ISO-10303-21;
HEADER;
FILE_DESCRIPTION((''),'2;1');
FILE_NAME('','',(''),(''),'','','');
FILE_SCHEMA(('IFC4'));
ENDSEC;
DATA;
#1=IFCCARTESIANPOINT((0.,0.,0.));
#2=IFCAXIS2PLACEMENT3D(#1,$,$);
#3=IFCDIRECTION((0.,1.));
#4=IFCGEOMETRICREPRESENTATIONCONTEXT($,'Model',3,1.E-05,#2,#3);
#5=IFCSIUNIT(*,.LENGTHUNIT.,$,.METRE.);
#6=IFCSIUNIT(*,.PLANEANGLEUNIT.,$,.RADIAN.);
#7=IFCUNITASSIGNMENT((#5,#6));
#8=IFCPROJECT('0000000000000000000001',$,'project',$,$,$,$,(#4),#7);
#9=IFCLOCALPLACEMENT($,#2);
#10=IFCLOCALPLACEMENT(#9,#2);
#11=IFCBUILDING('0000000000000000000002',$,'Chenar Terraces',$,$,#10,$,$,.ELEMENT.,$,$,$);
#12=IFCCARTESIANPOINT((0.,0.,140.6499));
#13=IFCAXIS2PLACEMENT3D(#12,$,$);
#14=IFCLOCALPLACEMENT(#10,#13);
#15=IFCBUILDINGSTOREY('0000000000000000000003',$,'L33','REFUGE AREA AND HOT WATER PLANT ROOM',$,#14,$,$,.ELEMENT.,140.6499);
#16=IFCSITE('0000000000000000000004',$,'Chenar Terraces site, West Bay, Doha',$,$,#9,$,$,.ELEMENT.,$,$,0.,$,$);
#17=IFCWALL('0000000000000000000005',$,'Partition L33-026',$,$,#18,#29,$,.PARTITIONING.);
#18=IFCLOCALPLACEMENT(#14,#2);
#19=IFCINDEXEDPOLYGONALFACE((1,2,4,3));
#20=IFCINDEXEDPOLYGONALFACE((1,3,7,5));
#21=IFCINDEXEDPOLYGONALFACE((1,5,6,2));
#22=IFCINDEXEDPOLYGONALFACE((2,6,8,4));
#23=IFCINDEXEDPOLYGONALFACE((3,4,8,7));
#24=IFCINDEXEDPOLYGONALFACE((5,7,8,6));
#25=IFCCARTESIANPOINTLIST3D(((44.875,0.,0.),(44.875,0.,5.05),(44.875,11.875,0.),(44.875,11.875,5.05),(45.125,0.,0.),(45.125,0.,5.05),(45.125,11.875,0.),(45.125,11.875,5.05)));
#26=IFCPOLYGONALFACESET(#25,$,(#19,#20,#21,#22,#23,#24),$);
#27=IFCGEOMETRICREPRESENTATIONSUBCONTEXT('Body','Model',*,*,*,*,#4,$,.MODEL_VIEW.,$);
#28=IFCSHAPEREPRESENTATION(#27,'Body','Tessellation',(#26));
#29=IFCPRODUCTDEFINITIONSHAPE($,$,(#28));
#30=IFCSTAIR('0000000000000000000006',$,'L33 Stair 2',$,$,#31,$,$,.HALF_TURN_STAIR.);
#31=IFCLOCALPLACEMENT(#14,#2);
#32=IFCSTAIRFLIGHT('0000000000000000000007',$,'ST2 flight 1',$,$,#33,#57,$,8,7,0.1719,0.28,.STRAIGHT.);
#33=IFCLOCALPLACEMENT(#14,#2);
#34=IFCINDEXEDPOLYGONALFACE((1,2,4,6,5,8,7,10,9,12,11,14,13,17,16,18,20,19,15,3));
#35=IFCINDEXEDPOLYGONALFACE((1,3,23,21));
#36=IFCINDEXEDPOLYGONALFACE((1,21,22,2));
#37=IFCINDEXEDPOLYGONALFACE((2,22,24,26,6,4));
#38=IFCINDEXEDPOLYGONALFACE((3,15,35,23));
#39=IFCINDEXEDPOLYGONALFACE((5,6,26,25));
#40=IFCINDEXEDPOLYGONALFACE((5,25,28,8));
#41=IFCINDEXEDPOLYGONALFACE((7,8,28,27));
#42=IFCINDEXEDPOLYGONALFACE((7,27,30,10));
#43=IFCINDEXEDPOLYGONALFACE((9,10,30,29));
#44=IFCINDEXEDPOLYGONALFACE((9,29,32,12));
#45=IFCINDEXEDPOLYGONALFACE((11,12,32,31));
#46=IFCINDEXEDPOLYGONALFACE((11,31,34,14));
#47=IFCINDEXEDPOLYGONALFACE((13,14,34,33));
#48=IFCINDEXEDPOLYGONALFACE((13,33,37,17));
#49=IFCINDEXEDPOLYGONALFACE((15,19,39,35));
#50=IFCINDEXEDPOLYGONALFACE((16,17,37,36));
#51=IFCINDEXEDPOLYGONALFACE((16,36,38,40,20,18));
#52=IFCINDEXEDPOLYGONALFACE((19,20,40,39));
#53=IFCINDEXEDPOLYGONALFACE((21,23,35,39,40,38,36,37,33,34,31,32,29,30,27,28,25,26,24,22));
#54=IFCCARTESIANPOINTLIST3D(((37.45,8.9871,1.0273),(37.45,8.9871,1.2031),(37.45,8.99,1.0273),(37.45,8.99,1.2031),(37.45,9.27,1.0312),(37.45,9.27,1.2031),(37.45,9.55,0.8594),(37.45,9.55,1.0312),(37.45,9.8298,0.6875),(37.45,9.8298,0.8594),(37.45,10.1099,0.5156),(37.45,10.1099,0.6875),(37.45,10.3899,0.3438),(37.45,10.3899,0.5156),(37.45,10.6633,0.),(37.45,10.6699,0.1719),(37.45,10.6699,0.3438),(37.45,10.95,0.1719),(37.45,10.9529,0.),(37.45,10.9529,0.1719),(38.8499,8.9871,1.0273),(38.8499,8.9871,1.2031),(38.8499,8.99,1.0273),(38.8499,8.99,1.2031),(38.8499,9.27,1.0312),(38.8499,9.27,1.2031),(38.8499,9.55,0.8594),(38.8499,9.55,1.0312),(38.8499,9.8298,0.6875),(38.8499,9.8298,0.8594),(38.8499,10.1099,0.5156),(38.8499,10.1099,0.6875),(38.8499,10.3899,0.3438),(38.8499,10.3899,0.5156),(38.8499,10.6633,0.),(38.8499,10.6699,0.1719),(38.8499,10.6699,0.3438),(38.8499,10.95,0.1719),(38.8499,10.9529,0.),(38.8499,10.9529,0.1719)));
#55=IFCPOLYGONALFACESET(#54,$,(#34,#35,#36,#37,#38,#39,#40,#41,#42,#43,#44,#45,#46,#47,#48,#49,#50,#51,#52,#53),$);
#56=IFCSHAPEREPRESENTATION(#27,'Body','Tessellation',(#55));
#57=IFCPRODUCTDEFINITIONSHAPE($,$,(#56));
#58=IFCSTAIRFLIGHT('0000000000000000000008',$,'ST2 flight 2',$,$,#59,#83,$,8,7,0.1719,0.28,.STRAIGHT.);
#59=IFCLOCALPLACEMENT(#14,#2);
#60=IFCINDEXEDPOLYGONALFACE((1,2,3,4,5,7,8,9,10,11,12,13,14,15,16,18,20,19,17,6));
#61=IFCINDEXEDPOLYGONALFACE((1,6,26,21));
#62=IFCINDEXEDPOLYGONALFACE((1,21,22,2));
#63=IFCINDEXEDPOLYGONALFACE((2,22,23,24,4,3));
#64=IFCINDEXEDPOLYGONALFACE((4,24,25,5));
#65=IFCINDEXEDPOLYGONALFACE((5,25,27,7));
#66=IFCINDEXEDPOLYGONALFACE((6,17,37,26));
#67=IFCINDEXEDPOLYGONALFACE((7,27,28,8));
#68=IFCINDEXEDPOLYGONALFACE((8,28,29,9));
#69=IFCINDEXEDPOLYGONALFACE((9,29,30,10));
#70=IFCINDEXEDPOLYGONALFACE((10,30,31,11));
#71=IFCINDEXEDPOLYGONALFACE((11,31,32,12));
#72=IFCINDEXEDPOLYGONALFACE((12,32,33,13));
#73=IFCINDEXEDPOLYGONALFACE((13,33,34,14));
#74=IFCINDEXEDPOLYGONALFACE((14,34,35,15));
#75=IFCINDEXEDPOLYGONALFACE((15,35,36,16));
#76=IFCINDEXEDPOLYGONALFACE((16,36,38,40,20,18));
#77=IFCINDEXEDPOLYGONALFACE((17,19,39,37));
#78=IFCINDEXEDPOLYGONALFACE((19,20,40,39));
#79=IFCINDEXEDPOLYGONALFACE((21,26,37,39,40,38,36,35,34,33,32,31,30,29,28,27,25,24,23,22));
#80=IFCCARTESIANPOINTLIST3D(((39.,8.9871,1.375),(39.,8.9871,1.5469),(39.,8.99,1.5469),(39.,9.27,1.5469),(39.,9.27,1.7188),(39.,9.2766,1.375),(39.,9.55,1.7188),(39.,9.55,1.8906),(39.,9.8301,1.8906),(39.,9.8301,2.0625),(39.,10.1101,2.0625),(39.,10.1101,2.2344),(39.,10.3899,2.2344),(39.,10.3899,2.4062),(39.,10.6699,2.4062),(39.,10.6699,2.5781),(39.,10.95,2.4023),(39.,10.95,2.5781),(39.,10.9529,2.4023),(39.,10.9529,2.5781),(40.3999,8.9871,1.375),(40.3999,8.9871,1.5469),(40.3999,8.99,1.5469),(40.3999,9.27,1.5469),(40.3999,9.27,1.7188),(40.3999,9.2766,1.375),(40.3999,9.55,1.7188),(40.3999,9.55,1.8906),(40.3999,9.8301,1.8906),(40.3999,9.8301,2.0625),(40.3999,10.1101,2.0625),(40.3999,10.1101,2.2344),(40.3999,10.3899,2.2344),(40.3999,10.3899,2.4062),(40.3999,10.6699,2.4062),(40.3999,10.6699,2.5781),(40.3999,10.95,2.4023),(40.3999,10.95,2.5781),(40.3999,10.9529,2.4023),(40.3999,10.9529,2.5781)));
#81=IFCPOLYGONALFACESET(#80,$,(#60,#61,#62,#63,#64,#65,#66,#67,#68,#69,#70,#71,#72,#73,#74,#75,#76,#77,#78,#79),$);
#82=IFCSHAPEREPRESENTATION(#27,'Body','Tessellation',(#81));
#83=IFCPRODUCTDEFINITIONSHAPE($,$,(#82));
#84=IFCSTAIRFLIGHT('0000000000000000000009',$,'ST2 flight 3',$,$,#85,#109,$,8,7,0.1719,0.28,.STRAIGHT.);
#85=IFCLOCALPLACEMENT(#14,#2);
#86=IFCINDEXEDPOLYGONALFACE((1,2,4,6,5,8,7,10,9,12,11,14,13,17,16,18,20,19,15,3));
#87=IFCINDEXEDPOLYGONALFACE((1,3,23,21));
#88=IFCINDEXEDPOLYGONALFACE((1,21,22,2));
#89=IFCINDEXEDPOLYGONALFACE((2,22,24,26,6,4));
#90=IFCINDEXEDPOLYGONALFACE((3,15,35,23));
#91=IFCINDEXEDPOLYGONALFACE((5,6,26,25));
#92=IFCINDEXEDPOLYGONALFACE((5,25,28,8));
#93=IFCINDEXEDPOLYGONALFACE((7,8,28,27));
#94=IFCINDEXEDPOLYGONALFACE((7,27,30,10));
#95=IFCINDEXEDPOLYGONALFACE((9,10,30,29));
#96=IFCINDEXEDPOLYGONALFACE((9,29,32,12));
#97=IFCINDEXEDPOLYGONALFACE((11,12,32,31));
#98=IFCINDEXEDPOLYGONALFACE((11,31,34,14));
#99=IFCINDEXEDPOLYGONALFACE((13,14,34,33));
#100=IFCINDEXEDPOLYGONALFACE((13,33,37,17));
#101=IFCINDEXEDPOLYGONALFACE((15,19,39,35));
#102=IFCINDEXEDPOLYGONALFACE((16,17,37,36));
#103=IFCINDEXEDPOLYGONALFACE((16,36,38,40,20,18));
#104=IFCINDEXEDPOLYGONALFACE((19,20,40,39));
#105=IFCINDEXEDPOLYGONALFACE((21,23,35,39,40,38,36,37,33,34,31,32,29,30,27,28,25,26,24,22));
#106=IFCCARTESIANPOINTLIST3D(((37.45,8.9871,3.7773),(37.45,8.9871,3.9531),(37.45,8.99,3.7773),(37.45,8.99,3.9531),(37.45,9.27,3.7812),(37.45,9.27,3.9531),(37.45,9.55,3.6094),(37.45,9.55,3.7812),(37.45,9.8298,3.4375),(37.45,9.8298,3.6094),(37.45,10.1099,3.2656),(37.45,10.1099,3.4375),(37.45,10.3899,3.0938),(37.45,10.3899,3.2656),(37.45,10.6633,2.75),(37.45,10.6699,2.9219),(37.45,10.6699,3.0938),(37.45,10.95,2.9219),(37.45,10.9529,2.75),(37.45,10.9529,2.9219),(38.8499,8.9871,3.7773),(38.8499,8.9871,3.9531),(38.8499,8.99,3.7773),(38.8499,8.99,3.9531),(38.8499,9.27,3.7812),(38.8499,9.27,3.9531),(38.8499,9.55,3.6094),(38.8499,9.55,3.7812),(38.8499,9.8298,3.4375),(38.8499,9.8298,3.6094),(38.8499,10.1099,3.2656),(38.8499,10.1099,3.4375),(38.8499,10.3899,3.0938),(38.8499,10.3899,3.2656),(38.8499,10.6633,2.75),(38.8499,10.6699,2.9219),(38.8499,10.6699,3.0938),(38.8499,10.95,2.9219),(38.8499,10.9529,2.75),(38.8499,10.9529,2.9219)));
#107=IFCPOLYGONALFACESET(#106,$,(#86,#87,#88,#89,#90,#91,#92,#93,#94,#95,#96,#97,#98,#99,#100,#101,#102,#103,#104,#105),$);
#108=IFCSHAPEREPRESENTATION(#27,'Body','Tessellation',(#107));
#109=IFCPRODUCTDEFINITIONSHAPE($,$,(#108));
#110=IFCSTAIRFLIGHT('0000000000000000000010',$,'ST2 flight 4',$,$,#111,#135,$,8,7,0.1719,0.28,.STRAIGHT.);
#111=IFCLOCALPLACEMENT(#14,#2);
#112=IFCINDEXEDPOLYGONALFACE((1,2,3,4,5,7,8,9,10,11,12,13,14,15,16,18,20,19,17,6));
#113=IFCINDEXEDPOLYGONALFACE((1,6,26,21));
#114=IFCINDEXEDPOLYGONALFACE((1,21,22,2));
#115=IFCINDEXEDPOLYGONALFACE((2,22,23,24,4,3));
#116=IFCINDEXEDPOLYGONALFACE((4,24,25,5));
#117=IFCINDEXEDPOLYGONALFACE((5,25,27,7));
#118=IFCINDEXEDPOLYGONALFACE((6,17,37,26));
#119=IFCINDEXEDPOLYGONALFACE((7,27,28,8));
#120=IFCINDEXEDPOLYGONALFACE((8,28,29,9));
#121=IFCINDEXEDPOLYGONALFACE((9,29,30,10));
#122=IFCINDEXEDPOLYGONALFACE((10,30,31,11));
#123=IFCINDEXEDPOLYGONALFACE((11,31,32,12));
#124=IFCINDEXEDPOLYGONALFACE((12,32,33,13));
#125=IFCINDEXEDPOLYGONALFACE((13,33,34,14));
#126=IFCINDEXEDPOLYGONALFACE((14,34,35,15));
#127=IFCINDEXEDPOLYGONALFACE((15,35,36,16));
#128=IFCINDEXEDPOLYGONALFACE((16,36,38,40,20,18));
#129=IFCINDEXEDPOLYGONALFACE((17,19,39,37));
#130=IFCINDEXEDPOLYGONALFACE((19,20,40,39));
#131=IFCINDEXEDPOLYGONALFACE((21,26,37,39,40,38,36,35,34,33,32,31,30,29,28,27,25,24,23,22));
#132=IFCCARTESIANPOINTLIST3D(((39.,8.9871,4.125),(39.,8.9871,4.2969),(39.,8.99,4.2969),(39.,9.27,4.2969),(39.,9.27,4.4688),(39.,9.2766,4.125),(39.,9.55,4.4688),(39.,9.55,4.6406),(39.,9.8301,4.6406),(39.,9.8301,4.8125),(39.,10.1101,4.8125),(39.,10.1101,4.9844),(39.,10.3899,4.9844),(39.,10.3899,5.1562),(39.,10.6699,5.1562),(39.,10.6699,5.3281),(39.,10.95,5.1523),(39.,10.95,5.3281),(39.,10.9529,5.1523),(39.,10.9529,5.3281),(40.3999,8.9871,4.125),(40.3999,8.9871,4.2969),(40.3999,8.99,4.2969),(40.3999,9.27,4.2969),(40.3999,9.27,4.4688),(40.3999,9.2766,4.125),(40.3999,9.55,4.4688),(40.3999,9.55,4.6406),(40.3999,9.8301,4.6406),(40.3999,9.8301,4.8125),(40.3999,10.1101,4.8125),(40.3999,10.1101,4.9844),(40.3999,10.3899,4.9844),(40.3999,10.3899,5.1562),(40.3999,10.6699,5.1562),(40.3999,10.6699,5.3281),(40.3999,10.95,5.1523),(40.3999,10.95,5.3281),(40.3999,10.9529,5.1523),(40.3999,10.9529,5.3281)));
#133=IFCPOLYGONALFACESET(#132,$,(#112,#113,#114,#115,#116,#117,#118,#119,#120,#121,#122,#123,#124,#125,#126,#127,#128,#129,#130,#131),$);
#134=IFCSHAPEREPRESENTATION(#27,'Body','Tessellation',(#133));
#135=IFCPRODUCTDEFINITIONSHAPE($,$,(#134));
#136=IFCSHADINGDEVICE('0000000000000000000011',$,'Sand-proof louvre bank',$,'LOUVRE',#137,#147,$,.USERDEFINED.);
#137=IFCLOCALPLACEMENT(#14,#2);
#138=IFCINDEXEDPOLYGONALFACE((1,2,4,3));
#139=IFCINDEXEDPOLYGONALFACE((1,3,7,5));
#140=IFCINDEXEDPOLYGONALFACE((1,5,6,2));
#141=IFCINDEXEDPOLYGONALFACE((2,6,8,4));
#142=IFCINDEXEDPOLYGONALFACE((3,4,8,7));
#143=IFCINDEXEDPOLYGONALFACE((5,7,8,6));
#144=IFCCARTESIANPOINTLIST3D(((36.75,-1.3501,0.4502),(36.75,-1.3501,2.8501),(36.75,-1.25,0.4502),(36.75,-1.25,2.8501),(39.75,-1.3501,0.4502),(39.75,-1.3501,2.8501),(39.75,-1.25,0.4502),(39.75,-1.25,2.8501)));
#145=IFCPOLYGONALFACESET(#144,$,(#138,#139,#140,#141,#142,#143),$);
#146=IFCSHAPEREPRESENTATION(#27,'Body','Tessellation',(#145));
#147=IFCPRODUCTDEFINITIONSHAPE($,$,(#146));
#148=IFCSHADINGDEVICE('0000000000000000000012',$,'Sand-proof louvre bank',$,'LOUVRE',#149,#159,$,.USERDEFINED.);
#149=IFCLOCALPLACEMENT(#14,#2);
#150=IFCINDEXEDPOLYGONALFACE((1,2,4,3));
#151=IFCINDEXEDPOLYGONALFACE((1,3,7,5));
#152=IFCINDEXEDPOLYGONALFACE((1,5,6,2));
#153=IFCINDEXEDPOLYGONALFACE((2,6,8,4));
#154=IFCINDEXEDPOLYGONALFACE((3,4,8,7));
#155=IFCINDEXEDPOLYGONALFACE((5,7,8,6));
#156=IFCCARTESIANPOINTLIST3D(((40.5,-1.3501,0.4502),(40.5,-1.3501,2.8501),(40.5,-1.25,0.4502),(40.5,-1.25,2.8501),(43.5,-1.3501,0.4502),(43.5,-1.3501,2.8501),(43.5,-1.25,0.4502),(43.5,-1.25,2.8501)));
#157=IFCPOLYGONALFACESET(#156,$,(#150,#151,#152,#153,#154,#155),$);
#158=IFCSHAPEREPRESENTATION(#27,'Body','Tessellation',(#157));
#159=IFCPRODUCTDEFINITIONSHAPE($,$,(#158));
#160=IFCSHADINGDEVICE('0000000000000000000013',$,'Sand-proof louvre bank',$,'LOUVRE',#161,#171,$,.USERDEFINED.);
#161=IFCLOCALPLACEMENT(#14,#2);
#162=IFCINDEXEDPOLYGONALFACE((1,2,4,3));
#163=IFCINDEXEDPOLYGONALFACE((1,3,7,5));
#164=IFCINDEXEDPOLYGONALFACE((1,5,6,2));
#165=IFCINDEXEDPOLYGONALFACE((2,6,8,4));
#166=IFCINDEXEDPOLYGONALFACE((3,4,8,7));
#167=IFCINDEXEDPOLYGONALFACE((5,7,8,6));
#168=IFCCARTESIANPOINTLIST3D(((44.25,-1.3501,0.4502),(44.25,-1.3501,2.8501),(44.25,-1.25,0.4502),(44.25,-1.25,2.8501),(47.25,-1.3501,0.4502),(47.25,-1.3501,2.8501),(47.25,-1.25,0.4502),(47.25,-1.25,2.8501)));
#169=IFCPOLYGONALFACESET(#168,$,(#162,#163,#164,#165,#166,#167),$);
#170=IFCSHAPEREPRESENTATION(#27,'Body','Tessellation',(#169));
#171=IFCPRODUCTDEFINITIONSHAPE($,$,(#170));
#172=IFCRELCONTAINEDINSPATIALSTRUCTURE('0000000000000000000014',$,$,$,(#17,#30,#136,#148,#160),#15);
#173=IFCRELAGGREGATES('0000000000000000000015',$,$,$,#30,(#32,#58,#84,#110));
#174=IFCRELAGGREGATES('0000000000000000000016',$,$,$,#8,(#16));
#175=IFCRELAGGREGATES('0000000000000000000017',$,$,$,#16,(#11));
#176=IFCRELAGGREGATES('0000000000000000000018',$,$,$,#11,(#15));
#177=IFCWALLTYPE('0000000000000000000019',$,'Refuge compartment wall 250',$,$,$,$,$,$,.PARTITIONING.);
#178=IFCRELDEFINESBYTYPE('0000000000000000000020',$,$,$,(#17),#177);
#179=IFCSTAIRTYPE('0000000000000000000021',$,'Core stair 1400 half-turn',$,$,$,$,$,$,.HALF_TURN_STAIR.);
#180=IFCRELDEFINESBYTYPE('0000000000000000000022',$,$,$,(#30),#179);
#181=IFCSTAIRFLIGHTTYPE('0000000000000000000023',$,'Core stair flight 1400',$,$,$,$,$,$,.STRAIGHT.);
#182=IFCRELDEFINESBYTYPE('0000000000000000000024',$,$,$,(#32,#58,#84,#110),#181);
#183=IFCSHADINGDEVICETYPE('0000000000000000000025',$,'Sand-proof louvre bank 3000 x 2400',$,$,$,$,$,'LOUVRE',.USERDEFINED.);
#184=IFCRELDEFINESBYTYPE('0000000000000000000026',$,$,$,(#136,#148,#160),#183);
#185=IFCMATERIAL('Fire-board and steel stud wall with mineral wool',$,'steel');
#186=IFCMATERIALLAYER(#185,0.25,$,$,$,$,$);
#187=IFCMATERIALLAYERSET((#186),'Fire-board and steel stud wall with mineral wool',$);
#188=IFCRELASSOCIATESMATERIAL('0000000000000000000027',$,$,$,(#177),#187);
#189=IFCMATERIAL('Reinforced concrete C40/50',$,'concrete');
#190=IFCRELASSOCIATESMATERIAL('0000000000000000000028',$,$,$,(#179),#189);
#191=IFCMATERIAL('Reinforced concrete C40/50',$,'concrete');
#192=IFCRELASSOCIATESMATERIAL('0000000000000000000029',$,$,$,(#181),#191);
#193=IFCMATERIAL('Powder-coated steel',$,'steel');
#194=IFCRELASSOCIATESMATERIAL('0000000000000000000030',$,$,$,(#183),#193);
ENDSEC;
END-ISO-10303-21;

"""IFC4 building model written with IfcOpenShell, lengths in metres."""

from ifc_helpers import new_model, si_unit, direction, frame, frame_2d, origin, origin_2d, place, context, subcontext, project, spatial, polyline, rectangle, outline, extrude, material, layer, layer_set, type_object, element, aggregate, save


model = new_model("IFC4")

# Units and contexts
model_context = context("Model", 3, precision=1e-05, world=origin(), true_north=direction((0.0, 1.0)))
body_context = subcontext(model_context, "Body", "Model", "MODEL_VIEW")
ifc_project = project(units=[si_unit("LENGTHUNIT", "METRE"), si_unit("PLANEANGLEUNIT", "RADIAN")], contexts=[model_context])

# Site, building, storey
site_placement = place(None, origin())
site = spatial("IfcSite", under=ifc_project, at=site_placement, Name="Chenar Terraces site, West Bay, Doha", CompositionType="ELEMENT", RefElevation=0.0)
building_placement = place(site_placement, origin())
building = spatial("IfcBuilding", under=site, at=building_placement, Name="Chenar Terraces", CompositionType="ELEMENT")
storey_placement = place(building_placement, frame((0.0, 0.0, 140.6499)))
storey = spatial("IfcBuildingStorey", under=building, at=storey_placement, Name="L33", Description="REFUGE AREA AND HOT WATER PLANT ROOM", CompositionType="ELEMENT", Elevation=140.6499)

# Shared definitions
ifc_material_1 = material(Name="Fire-board and steel stud wall with mineral wool", Category="steel")
ifc_layer_1 = layer(ifc_material_1, 0.25)
ifc_layer_set_1 = layer_set([ifc_layer_1], Name="Fire-board and steel stud wall with mineral wool")
wall_type_1 = type_object("IfcWallType", Name="Refuge compartment wall 250", PredefinedType="PARTITIONING", material=ifc_layer_set_1)

# Wall
wall_1_placement = place(storey_placement, frame((45.0, 0.0, 0.0), z_axis=(0.0, 0.0, 1.0), x_axis=(0.0, 1.0, 0.0)))
element("IfcWall", 1, at=wall_1_placement, inside=storey, type_object=wall_type_1, Name="Partition L33-026", PredefinedType="PARTITIONING", context=body_context, shape_type="SweptSolid", body=[
    extrude(rectangle(XDim=11.875, YDim=0.25, at=frame_2d((5.9375, 0.0))), origin(), (0.0, 0.0, 1.0), 5.05),
])

# Stair, stair flights
ifc_material_2 = material(Name="Reinforced concrete C40/50", Category="concrete")
stair_type = type_object("IfcStairType", Name="Core stair 1400 half-turn", PredefinedType="HALF_TURN_STAIR", material=ifc_material_2)
stair_placement = place(storey_placement, origin())
stair = element("IfcStair", 2, at=stair_placement, inside=storey, type_object=stair_type, Name="L33 Stair 2", PredefinedType="HALF_TURN_STAIR")
ifc_material_3 = material(Name="Reinforced concrete C40/50", Category="concrete")
stair_flight_type = type_object("IfcStairFlightType", Name="Core stair flight 1400", PredefinedType="STRAIGHT", material=ifc_material_3)
stair_flight_1_placement = place(storey_placement, frame((38.1499, 10.95, 0.0), z_axis=(0.0, 0.0, 1.0), x_axis=(0.0, -1.0, 0.0)))
stair_flight_1 = element("IfcStairFlight", 3, at=stair_flight_1_placement, type_object=stair_flight_type, Name="ST2 flight 1", NumberOfRisers=8, NumberOfTreads=7, PredefinedType="STRAIGHT", RiserHeight=0.1719, TreadLength=0.28, context=body_context, shape_type="SweptSolid", body=[
    extrude(outline(polyline([(-0.0029, 0.0), (-0.0029, 0.1719), (0.0, 0.1719), (0.28, 0.1719), (0.28, 0.3438), (0.5601, 0.3438), (0.5601, 0.5156), (0.8401, 0.5156), (0.8401, 0.6875), (1.1201, 0.6875), (1.1201, 0.8594), (1.3999, 0.8594), (1.3999, 1.0312), (1.6799, 1.0312), (1.6799, 1.2031), (1.96, 1.2031), (1.9629, 1.2031), (1.9629, 1.0273), (1.96, 1.0273), (0.2866, 0.0), (-0.0029, 0.0)])), frame((0.0, 0.7, 0.0), z_axis=(0.0, -1.0, 0.0), x_axis=(1.0, 0.0, 0.0)), (0.0, 0.0, 1.0), 1.3999),
])
stair_flight_2_placement = place(storey_placement, frame((39.7, 8.99, 1.375), z_axis=(0.0, 0.0, 1.0), x_axis=(0.0, 1.0, 0.0)))
stair_flight_2 = element("IfcStairFlight", 4, at=stair_flight_2_placement, type_object=stair_flight_type, Name="ST2 flight 2", NumberOfRisers=8, NumberOfTreads=7, PredefinedType="STRAIGHT", RiserHeight=0.1719, TreadLength=0.28, context=body_context, shape_type="SweptSolid", body=[
    extrude(outline(polyline([(-0.0029, 0.0), (-0.0029, 0.1719), (0.0, 0.1719), (0.28, 0.1719), (0.28, 0.3438), (0.5601, 0.3438), (0.5601, 0.5156), (0.8401, 0.5156), (0.8401, 0.6875), (1.1201, 0.6875), (1.1201, 0.8594), (1.3999, 0.8594), (1.3999, 1.0312), (1.6799, 1.0312), (1.6799, 1.2031), (1.96, 1.2031), (1.9629, 1.2031), (1.9629, 1.0273), (1.96, 1.0273), (0.2866, 0.0), (-0.0029, 0.0)])), frame((0.0, 0.7, 0.0), z_axis=(0.0, -1.0, 0.0), x_axis=(1.0, 0.0, 0.0)), (0.0, 0.0, 1.0), 1.3999),
])
stair_flight_3_placement = place(storey_placement, frame((38.1499, 10.95, 2.75), z_axis=(0.0, 0.0, 1.0), x_axis=(0.0, -1.0, 0.0)))
stair_flight_3 = element("IfcStairFlight", 5, at=stair_flight_3_placement, type_object=stair_flight_type, Name="ST2 flight 3", NumberOfRisers=8, NumberOfTreads=7, PredefinedType="STRAIGHT", RiserHeight=0.1719, TreadLength=0.28, context=body_context, shape_type="SweptSolid", body=[
    extrude(outline(polyline([(-0.0029, 0.0), (-0.0029, 0.1719), (0.0, 0.1719), (0.28, 0.1719), (0.28, 0.3438), (0.5601, 0.3438), (0.5601, 0.5156), (0.8401, 0.5156), (0.8401, 0.6875), (1.1201, 0.6875), (1.1201, 0.8594), (1.3999, 0.8594), (1.3999, 1.0312), (1.6799, 1.0312), (1.6799, 1.2031), (1.96, 1.2031), (1.9629, 1.2031), (1.9629, 1.0273), (1.96, 1.0273), (0.2866, 0.0), (-0.0029, 0.0)])), frame((0.0, 0.7, 0.0), z_axis=(0.0, -1.0, 0.0), x_axis=(1.0, 0.0, 0.0)), (0.0, 0.0, 1.0), 1.3999),
])
stair_flight_4_placement = place(storey_placement, frame((39.7, 8.99, 4.125), z_axis=(0.0, 0.0, 1.0), x_axis=(0.0, 1.0, 0.0)))
stair_flight_4 = element("IfcStairFlight", 6, at=stair_flight_4_placement, type_object=stair_flight_type, Name="ST2 flight 4", NumberOfRisers=8, NumberOfTreads=7, PredefinedType="STRAIGHT", RiserHeight=0.1719, TreadLength=0.28, context=body_context, shape_type="SweptSolid", body=[
    extrude(outline(polyline([(-0.0029, 0.0), (-0.0029, 0.1719), (0.0, 0.1719), (0.28, 0.1719), (0.28, 0.3438), (0.5601, 0.3438), (0.5601, 0.5156), (0.8401, 0.5156), (0.8401, 0.6875), (1.1201, 0.6875), (1.1201, 0.8594), (1.3999, 0.8594), (1.3999, 1.0312), (1.6799, 1.0312), (1.6799, 1.2031), (1.96, 1.2031), (1.9629, 1.2031), (1.9629, 1.0273), (1.96, 1.0273), (0.2866, 0.0), (-0.0029, 0.0)])), frame((0.0, 0.7, 0.0), z_axis=(0.0, -1.0, 0.0), x_axis=(1.0, 0.0, 0.0)), (0.0, 0.0, 1.0), 1.3999),
])
aggregate(stair, [stair_flight_1, stair_flight_2, stair_flight_3, stair_flight_4])

# Shading devices
ifc_material_4 = material(Name="Powder-coated steel", Category="steel")
shading_device_type = type_object("IfcShadingDeviceType", Name="Sand-proof louvre bank 3000 x 2400", ElementType="LOUVRE", PredefinedType="USERDEFINED", material=ifc_material_4)
for number, where, z_axis, x_axis, name in (
    (7, (38.25, -1.3, 0.4502), (0.0, 0.0, 1.0), (1.0, 0.0, 0.0), "Sand-proof louvre bank"),
    (8, (42.0, -1.3, 0.4502), (0.0, 0.0, 1.0), (1.0, 0.0, 0.0), "Sand-proof louvre bank"),
    (9, (45.75, -1.3, 0.4502), (0.0, 0.0, 1.0), (1.0, 0.0, 0.0), "Sand-proof louvre bank"),
):
    element("IfcShadingDevice", number, at=place(storey_placement, frame(where, z_axis=z_axis, x_axis=x_axis)), inside=storey, type_object=shading_device_type, Name=name, ObjectType="LOUVRE", PredefinedType="USERDEFINED", context=body_context, shape_type="SweptSolid", body=[
        extrude(rectangle(XDim=3.0, YDim=0.1001, at=origin_2d()), origin(), (0.0, 0.0, 1.0), 2.3999),
    ])

save(model, "model.ifc")
